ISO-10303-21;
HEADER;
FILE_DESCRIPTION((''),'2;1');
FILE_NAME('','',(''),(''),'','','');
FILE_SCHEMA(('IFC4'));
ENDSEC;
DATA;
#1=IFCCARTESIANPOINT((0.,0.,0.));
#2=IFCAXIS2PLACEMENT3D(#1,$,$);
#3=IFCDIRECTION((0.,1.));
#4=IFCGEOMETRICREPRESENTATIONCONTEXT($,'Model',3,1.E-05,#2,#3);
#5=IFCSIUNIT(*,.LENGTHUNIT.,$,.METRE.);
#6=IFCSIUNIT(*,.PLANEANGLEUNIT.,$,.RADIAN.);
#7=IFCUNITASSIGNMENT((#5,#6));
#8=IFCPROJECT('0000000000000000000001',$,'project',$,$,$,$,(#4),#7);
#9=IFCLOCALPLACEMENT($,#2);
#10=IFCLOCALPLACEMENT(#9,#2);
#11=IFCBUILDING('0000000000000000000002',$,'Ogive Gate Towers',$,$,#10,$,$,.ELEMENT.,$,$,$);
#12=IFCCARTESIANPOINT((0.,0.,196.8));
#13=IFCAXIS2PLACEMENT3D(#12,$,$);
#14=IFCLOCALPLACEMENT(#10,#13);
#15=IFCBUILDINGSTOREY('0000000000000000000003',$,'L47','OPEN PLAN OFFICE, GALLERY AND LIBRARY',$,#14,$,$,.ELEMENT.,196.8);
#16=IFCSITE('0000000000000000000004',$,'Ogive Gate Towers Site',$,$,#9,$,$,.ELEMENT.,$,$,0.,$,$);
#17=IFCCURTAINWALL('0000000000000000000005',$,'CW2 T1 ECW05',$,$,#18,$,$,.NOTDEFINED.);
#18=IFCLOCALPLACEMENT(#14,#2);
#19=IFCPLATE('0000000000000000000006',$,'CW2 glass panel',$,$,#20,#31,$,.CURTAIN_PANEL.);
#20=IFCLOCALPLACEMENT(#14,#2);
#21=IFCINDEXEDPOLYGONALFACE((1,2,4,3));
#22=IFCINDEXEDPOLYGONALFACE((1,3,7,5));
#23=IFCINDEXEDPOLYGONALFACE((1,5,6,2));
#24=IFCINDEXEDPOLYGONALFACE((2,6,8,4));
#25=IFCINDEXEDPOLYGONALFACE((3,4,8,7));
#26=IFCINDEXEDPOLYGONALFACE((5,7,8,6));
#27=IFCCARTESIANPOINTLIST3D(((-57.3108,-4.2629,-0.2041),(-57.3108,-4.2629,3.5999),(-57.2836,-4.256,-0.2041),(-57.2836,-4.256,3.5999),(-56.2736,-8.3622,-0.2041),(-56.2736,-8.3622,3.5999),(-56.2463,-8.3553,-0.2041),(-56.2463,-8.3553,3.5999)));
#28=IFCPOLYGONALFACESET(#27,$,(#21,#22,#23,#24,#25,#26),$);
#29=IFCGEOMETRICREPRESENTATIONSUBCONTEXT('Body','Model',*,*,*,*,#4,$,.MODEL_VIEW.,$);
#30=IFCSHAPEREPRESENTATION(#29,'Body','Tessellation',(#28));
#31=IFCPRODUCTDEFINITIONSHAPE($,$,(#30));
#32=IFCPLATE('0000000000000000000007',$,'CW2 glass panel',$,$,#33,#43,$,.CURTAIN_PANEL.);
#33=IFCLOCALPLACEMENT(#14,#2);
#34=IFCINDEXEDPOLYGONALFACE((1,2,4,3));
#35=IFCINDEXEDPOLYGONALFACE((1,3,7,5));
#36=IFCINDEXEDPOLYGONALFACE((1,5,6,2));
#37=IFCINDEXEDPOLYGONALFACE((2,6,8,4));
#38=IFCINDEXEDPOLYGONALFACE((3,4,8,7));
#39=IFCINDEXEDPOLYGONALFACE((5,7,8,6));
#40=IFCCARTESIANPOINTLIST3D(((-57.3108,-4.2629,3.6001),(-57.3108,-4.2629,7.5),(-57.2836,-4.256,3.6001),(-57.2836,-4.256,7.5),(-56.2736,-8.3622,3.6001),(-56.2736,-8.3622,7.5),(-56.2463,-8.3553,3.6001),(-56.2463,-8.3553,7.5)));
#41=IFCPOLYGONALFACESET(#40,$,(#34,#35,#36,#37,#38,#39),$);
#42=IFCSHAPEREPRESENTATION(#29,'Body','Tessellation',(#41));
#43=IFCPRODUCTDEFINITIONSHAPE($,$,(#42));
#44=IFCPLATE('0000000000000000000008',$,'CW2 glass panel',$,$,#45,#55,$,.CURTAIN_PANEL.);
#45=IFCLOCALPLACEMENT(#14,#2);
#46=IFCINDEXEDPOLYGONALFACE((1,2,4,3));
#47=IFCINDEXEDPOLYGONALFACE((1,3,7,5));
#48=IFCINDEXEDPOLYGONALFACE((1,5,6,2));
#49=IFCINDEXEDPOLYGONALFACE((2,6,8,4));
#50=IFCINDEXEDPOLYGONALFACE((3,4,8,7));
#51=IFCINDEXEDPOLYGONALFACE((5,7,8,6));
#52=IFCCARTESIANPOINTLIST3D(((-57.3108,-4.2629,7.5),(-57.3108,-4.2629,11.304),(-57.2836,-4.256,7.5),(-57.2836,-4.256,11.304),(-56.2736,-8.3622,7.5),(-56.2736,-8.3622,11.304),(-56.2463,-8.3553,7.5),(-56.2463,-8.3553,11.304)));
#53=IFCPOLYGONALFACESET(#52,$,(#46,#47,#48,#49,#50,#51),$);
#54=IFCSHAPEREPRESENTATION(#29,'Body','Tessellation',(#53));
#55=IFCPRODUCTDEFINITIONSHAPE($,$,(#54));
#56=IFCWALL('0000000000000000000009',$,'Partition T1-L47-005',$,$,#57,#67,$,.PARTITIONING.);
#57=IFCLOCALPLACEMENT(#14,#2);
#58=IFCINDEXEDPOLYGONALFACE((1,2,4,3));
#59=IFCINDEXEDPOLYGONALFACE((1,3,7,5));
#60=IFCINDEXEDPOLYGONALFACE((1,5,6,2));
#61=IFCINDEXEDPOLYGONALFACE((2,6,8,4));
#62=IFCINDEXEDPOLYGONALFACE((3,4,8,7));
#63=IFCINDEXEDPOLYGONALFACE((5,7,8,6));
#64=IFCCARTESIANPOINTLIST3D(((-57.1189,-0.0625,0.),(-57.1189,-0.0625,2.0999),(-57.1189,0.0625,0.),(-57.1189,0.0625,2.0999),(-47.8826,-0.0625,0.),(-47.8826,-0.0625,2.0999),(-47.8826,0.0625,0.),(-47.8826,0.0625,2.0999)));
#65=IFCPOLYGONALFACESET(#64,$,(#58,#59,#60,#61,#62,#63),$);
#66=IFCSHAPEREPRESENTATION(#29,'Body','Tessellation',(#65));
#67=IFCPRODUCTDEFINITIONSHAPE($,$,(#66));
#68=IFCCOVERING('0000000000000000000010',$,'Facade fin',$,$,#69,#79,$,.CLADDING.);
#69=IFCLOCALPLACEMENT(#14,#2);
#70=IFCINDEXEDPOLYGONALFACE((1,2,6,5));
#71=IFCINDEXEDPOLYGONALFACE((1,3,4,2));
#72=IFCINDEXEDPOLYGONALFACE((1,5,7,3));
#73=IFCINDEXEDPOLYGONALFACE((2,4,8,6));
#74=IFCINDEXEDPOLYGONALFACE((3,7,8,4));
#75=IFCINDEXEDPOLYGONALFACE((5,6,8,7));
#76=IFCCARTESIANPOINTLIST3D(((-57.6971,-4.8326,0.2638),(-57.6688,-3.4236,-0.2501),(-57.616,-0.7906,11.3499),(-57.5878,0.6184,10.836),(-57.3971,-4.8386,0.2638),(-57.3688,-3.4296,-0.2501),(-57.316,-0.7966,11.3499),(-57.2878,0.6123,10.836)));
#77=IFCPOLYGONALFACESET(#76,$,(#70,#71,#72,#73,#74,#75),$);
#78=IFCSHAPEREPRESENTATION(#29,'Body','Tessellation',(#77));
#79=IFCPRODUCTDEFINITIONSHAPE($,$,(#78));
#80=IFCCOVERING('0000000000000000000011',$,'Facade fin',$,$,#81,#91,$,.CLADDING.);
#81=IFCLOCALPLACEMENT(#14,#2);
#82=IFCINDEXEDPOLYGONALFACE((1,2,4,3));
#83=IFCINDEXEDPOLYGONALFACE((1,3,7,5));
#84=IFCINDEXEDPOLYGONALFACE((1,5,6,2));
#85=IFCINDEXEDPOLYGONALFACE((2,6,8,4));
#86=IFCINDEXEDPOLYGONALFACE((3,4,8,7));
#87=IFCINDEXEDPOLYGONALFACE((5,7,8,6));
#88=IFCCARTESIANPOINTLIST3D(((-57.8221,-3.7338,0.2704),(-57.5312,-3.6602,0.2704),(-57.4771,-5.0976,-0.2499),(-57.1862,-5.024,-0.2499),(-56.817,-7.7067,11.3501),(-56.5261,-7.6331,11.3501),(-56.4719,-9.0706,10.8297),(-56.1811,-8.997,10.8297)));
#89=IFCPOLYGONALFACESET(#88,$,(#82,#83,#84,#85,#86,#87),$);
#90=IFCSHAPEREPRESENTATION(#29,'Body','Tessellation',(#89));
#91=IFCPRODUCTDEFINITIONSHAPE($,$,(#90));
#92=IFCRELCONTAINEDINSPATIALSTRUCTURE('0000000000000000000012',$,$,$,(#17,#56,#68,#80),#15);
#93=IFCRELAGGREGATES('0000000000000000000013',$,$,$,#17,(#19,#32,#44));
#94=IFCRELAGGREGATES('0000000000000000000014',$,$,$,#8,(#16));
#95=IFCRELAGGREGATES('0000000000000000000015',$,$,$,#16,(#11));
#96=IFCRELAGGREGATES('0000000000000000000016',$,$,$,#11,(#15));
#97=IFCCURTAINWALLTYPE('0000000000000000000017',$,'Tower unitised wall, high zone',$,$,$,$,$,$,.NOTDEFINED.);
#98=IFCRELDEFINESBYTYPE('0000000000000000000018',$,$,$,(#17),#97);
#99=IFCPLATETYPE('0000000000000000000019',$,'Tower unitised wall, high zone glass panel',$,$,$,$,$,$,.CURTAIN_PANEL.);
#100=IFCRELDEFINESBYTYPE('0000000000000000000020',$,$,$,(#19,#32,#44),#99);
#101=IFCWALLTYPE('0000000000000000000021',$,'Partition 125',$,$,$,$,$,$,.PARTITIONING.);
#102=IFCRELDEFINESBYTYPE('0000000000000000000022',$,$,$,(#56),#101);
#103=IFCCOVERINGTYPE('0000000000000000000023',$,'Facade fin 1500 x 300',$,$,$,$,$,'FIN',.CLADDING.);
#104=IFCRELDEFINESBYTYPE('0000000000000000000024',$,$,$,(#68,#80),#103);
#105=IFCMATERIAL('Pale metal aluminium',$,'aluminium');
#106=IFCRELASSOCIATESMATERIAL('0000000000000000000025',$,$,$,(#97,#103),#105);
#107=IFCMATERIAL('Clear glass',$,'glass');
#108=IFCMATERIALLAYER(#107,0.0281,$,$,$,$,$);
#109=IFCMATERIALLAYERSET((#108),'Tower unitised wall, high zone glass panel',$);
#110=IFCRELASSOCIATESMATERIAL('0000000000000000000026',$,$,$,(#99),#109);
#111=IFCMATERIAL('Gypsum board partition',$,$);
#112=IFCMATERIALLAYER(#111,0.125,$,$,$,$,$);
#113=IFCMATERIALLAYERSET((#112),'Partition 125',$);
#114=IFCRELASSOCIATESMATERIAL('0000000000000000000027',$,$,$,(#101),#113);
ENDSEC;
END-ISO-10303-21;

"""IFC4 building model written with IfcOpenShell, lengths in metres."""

from ifc_helpers import new_model, si_unit, direction, frame, frame_2d, origin, origin_2d, place, context, subcontext, project, spatial, rectangle, extrude, material, layer, layer_set, material_profile, profile_set, type_object, element, aggregate, save


model = new_model("IFC4")

# Units and contexts
model_context = context("Model", 3, precision=1e-05, world=origin(), true_north=direction((0.0, 1.0)))
body_context = subcontext(model_context, "Body", "Model", "MODEL_VIEW")
ifc_project = project(units=[si_unit("LENGTHUNIT", "METRE"), si_unit("PLANEANGLEUNIT", "RADIAN")], contexts=[model_context])

# Site, building, storey
site_placement = place(None, origin())
site = spatial("IfcSite", under=ifc_project, at=site_placement, Name="Ogive Gate Towers Site", CompositionType="ELEMENT", RefElevation=0.0)
building_placement = place(site_placement, origin())
building = spatial("IfcBuilding", under=site, at=building_placement, Name="Ogive Gate Towers", CompositionType="ELEMENT")
storey_placement = place(building_placement, frame((0.0, 0.0, 196.8)))
storey = spatial("IfcBuildingStorey", under=building, at=storey_placement, Name="L47", Description="OPEN PLAN OFFICE, GALLERY AND LIBRARY", CompositionType="ELEMENT", Elevation=196.8)

# Curtain wall, plates
ifc_material_1 = material(Name="Pale metal aluminium", Category="aluminium")
curtain_wall_type = type_object("IfcCurtainWallType", Name="Tower unitised wall, high zone", PredefinedType="NOTDEFINED", material=ifc_material_1)
curtain_wall_placement = place(storey_placement, origin())
curtain_wall = element("IfcCurtainWall", 1, at=curtain_wall_placement, inside=storey, type_object=curtain_wall_type, Name="CW2 T1 ECW05", PredefinedType="NOTDEFINED")
ifc_material_2 = material(Name="Clear glass", Category="glass")
ifc_layer_1 = layer(ifc_material_2, 0.0281)
ifc_layer_set_1 = layer_set([ifc_layer_1], Name="Tower unitised wall, high zone glass panel")
plate_type = type_object("IfcPlateType", Name="Tower unitised wall, high zone glass panel", PredefinedType="CURTAIN_PANEL", material=ifc_layer_set_1)
plate_1_placement = place(storey_placement, frame((-56.7786, -6.3091, -0.2041), z_axis=(0.0, 0.0, 1.0), x_axis=(0.24529, -0.96945, 0.0)))
plate_1 = element("IfcPlate", 2, at=plate_1_placement, type_object=plate_type, Name="CW2 glass panel", PredefinedType="CURTAIN_PANEL", context=body_context, shape_type="SweptSolid", body=[
    extrude(rectangle(XDim=4.2285, YDim=0.0281, at=origin_2d()), origin(), (0.0, 0.0, 1.0), 3.804),
])
plate_2_placement = place(storey_placement, frame((-56.7786, -6.3091, 3.6001), z_axis=(0.0, 0.0, 1.0), x_axis=(0.24529, -0.96945, 0.0)))
plate_2 = element("IfcPlate", 3, at=plate_2_placement, type_object=plate_type, Name="CW2 glass panel", PredefinedType="CURTAIN_PANEL", context=body_context, shape_type="SweptSolid", body=[
    extrude(rectangle(XDim=4.2285, YDim=0.0281, at=origin_2d()), origin(), (0.0, 0.0, 1.0), 3.8999),
])
plate_3_placement = place(storey_placement, frame((-56.7786, -6.3091, 7.5), z_axis=(0.0, 0.0, 1.0), x_axis=(0.24529, -0.96945, 0.0)))
plate_3 = element("IfcPlate", 4, at=plate_3_placement, type_object=plate_type, Name="CW2 glass panel", PredefinedType="CURTAIN_PANEL", context=body_context, shape_type="SweptSolid", body=[
    extrude(rectangle(XDim=4.2285, YDim=0.0281, at=origin_2d()), origin(), (0.0, 0.0, 1.0), 3.804),
])
aggregate(curtain_wall, [plate_1, plate_2, plate_3])

# Wall
ifc_material_3 = material(Name="Gypsum board partition")
ifc_layer_2 = layer(ifc_material_3, 0.125)
ifc_layer_set_2 = layer_set([ifc_layer_2], Name="Partition 125")
wall_type = type_object("IfcWallType", Name="Partition 125", PredefinedType="PARTITIONING", material=ifc_layer_set_2)
wall_placement = place(storey_placement, frame((-57.1189, 0.0, 0.0), z_axis=(0.0, 0.0, 1.0), x_axis=(1.0, 0.0, 0.0)))
element("IfcWall", 5, at=wall_placement, inside=storey, type_object=wall_type, Name="Partition T1-L47-005", PredefinedType="PARTITIONING", context=body_context, shape_type="SweptSolid", body=[
    extrude(rectangle(XDim=9.2363, YDim=0.125, at=frame_2d((4.6182, 0.0))), origin(), (0.0, 0.0, 1.0), 2.0999),
])

# Coverings
ifc_material_profile_1 = material_profile(ifc_material_1, rectangle(XDim=0.3, YDim=1.5, at=origin_2d()), Name="1500 x 300 pale metal aluminium")
ifc_profile_set_1 = profile_set([ifc_material_profile_1], Name="Pale metal aluminium")
covering_type = type_object("IfcCoveringType", Name="Facade fin 1500 x 300", ElementType="FIN", PredefinedType="CLADDING", material=ifc_profile_set_1)
covering_1_placement = place(storey_placement, frame((-57.533, -4.1311, 0.0068), z_axis=(0.006869, 0.342532, 0.939481), x_axis=(-0.999799, 0.020049, 0.0)))
element("IfcCovering", 6, at=covering_1_placement, inside=storey, type_object=covering_type, Name="Facade fin", PredefinedType="CLADDING", context=body_context, shape_type="SweptSolid", body=[
    extrude(rectangle(XDim=0.3, YDim=1.5, at=origin_2d()), origin(), (0.0, 0.0, 1.0), 11.8003),
])
covering_2_placement = place(storey_placement, frame((-57.5042, -4.3789, 0.0103), z_axis=(0.085085, -0.33631, 0.9379), x_axis=(0.969455, 0.245268, 0.0)))
element("IfcCovering", 7, at=covering_2_placement, inside=storey, type_object=covering_type, Name="Facade fin", PredefinedType="CLADDING", context=body_context, shape_type="SweptSolid", body=[
    extrude(rectangle(XDim=0.3, YDim=1.5, at=origin_2d()), origin(), (0.0, 0.0, 1.0), 11.8132),
])

save(model, "model.ifc")
